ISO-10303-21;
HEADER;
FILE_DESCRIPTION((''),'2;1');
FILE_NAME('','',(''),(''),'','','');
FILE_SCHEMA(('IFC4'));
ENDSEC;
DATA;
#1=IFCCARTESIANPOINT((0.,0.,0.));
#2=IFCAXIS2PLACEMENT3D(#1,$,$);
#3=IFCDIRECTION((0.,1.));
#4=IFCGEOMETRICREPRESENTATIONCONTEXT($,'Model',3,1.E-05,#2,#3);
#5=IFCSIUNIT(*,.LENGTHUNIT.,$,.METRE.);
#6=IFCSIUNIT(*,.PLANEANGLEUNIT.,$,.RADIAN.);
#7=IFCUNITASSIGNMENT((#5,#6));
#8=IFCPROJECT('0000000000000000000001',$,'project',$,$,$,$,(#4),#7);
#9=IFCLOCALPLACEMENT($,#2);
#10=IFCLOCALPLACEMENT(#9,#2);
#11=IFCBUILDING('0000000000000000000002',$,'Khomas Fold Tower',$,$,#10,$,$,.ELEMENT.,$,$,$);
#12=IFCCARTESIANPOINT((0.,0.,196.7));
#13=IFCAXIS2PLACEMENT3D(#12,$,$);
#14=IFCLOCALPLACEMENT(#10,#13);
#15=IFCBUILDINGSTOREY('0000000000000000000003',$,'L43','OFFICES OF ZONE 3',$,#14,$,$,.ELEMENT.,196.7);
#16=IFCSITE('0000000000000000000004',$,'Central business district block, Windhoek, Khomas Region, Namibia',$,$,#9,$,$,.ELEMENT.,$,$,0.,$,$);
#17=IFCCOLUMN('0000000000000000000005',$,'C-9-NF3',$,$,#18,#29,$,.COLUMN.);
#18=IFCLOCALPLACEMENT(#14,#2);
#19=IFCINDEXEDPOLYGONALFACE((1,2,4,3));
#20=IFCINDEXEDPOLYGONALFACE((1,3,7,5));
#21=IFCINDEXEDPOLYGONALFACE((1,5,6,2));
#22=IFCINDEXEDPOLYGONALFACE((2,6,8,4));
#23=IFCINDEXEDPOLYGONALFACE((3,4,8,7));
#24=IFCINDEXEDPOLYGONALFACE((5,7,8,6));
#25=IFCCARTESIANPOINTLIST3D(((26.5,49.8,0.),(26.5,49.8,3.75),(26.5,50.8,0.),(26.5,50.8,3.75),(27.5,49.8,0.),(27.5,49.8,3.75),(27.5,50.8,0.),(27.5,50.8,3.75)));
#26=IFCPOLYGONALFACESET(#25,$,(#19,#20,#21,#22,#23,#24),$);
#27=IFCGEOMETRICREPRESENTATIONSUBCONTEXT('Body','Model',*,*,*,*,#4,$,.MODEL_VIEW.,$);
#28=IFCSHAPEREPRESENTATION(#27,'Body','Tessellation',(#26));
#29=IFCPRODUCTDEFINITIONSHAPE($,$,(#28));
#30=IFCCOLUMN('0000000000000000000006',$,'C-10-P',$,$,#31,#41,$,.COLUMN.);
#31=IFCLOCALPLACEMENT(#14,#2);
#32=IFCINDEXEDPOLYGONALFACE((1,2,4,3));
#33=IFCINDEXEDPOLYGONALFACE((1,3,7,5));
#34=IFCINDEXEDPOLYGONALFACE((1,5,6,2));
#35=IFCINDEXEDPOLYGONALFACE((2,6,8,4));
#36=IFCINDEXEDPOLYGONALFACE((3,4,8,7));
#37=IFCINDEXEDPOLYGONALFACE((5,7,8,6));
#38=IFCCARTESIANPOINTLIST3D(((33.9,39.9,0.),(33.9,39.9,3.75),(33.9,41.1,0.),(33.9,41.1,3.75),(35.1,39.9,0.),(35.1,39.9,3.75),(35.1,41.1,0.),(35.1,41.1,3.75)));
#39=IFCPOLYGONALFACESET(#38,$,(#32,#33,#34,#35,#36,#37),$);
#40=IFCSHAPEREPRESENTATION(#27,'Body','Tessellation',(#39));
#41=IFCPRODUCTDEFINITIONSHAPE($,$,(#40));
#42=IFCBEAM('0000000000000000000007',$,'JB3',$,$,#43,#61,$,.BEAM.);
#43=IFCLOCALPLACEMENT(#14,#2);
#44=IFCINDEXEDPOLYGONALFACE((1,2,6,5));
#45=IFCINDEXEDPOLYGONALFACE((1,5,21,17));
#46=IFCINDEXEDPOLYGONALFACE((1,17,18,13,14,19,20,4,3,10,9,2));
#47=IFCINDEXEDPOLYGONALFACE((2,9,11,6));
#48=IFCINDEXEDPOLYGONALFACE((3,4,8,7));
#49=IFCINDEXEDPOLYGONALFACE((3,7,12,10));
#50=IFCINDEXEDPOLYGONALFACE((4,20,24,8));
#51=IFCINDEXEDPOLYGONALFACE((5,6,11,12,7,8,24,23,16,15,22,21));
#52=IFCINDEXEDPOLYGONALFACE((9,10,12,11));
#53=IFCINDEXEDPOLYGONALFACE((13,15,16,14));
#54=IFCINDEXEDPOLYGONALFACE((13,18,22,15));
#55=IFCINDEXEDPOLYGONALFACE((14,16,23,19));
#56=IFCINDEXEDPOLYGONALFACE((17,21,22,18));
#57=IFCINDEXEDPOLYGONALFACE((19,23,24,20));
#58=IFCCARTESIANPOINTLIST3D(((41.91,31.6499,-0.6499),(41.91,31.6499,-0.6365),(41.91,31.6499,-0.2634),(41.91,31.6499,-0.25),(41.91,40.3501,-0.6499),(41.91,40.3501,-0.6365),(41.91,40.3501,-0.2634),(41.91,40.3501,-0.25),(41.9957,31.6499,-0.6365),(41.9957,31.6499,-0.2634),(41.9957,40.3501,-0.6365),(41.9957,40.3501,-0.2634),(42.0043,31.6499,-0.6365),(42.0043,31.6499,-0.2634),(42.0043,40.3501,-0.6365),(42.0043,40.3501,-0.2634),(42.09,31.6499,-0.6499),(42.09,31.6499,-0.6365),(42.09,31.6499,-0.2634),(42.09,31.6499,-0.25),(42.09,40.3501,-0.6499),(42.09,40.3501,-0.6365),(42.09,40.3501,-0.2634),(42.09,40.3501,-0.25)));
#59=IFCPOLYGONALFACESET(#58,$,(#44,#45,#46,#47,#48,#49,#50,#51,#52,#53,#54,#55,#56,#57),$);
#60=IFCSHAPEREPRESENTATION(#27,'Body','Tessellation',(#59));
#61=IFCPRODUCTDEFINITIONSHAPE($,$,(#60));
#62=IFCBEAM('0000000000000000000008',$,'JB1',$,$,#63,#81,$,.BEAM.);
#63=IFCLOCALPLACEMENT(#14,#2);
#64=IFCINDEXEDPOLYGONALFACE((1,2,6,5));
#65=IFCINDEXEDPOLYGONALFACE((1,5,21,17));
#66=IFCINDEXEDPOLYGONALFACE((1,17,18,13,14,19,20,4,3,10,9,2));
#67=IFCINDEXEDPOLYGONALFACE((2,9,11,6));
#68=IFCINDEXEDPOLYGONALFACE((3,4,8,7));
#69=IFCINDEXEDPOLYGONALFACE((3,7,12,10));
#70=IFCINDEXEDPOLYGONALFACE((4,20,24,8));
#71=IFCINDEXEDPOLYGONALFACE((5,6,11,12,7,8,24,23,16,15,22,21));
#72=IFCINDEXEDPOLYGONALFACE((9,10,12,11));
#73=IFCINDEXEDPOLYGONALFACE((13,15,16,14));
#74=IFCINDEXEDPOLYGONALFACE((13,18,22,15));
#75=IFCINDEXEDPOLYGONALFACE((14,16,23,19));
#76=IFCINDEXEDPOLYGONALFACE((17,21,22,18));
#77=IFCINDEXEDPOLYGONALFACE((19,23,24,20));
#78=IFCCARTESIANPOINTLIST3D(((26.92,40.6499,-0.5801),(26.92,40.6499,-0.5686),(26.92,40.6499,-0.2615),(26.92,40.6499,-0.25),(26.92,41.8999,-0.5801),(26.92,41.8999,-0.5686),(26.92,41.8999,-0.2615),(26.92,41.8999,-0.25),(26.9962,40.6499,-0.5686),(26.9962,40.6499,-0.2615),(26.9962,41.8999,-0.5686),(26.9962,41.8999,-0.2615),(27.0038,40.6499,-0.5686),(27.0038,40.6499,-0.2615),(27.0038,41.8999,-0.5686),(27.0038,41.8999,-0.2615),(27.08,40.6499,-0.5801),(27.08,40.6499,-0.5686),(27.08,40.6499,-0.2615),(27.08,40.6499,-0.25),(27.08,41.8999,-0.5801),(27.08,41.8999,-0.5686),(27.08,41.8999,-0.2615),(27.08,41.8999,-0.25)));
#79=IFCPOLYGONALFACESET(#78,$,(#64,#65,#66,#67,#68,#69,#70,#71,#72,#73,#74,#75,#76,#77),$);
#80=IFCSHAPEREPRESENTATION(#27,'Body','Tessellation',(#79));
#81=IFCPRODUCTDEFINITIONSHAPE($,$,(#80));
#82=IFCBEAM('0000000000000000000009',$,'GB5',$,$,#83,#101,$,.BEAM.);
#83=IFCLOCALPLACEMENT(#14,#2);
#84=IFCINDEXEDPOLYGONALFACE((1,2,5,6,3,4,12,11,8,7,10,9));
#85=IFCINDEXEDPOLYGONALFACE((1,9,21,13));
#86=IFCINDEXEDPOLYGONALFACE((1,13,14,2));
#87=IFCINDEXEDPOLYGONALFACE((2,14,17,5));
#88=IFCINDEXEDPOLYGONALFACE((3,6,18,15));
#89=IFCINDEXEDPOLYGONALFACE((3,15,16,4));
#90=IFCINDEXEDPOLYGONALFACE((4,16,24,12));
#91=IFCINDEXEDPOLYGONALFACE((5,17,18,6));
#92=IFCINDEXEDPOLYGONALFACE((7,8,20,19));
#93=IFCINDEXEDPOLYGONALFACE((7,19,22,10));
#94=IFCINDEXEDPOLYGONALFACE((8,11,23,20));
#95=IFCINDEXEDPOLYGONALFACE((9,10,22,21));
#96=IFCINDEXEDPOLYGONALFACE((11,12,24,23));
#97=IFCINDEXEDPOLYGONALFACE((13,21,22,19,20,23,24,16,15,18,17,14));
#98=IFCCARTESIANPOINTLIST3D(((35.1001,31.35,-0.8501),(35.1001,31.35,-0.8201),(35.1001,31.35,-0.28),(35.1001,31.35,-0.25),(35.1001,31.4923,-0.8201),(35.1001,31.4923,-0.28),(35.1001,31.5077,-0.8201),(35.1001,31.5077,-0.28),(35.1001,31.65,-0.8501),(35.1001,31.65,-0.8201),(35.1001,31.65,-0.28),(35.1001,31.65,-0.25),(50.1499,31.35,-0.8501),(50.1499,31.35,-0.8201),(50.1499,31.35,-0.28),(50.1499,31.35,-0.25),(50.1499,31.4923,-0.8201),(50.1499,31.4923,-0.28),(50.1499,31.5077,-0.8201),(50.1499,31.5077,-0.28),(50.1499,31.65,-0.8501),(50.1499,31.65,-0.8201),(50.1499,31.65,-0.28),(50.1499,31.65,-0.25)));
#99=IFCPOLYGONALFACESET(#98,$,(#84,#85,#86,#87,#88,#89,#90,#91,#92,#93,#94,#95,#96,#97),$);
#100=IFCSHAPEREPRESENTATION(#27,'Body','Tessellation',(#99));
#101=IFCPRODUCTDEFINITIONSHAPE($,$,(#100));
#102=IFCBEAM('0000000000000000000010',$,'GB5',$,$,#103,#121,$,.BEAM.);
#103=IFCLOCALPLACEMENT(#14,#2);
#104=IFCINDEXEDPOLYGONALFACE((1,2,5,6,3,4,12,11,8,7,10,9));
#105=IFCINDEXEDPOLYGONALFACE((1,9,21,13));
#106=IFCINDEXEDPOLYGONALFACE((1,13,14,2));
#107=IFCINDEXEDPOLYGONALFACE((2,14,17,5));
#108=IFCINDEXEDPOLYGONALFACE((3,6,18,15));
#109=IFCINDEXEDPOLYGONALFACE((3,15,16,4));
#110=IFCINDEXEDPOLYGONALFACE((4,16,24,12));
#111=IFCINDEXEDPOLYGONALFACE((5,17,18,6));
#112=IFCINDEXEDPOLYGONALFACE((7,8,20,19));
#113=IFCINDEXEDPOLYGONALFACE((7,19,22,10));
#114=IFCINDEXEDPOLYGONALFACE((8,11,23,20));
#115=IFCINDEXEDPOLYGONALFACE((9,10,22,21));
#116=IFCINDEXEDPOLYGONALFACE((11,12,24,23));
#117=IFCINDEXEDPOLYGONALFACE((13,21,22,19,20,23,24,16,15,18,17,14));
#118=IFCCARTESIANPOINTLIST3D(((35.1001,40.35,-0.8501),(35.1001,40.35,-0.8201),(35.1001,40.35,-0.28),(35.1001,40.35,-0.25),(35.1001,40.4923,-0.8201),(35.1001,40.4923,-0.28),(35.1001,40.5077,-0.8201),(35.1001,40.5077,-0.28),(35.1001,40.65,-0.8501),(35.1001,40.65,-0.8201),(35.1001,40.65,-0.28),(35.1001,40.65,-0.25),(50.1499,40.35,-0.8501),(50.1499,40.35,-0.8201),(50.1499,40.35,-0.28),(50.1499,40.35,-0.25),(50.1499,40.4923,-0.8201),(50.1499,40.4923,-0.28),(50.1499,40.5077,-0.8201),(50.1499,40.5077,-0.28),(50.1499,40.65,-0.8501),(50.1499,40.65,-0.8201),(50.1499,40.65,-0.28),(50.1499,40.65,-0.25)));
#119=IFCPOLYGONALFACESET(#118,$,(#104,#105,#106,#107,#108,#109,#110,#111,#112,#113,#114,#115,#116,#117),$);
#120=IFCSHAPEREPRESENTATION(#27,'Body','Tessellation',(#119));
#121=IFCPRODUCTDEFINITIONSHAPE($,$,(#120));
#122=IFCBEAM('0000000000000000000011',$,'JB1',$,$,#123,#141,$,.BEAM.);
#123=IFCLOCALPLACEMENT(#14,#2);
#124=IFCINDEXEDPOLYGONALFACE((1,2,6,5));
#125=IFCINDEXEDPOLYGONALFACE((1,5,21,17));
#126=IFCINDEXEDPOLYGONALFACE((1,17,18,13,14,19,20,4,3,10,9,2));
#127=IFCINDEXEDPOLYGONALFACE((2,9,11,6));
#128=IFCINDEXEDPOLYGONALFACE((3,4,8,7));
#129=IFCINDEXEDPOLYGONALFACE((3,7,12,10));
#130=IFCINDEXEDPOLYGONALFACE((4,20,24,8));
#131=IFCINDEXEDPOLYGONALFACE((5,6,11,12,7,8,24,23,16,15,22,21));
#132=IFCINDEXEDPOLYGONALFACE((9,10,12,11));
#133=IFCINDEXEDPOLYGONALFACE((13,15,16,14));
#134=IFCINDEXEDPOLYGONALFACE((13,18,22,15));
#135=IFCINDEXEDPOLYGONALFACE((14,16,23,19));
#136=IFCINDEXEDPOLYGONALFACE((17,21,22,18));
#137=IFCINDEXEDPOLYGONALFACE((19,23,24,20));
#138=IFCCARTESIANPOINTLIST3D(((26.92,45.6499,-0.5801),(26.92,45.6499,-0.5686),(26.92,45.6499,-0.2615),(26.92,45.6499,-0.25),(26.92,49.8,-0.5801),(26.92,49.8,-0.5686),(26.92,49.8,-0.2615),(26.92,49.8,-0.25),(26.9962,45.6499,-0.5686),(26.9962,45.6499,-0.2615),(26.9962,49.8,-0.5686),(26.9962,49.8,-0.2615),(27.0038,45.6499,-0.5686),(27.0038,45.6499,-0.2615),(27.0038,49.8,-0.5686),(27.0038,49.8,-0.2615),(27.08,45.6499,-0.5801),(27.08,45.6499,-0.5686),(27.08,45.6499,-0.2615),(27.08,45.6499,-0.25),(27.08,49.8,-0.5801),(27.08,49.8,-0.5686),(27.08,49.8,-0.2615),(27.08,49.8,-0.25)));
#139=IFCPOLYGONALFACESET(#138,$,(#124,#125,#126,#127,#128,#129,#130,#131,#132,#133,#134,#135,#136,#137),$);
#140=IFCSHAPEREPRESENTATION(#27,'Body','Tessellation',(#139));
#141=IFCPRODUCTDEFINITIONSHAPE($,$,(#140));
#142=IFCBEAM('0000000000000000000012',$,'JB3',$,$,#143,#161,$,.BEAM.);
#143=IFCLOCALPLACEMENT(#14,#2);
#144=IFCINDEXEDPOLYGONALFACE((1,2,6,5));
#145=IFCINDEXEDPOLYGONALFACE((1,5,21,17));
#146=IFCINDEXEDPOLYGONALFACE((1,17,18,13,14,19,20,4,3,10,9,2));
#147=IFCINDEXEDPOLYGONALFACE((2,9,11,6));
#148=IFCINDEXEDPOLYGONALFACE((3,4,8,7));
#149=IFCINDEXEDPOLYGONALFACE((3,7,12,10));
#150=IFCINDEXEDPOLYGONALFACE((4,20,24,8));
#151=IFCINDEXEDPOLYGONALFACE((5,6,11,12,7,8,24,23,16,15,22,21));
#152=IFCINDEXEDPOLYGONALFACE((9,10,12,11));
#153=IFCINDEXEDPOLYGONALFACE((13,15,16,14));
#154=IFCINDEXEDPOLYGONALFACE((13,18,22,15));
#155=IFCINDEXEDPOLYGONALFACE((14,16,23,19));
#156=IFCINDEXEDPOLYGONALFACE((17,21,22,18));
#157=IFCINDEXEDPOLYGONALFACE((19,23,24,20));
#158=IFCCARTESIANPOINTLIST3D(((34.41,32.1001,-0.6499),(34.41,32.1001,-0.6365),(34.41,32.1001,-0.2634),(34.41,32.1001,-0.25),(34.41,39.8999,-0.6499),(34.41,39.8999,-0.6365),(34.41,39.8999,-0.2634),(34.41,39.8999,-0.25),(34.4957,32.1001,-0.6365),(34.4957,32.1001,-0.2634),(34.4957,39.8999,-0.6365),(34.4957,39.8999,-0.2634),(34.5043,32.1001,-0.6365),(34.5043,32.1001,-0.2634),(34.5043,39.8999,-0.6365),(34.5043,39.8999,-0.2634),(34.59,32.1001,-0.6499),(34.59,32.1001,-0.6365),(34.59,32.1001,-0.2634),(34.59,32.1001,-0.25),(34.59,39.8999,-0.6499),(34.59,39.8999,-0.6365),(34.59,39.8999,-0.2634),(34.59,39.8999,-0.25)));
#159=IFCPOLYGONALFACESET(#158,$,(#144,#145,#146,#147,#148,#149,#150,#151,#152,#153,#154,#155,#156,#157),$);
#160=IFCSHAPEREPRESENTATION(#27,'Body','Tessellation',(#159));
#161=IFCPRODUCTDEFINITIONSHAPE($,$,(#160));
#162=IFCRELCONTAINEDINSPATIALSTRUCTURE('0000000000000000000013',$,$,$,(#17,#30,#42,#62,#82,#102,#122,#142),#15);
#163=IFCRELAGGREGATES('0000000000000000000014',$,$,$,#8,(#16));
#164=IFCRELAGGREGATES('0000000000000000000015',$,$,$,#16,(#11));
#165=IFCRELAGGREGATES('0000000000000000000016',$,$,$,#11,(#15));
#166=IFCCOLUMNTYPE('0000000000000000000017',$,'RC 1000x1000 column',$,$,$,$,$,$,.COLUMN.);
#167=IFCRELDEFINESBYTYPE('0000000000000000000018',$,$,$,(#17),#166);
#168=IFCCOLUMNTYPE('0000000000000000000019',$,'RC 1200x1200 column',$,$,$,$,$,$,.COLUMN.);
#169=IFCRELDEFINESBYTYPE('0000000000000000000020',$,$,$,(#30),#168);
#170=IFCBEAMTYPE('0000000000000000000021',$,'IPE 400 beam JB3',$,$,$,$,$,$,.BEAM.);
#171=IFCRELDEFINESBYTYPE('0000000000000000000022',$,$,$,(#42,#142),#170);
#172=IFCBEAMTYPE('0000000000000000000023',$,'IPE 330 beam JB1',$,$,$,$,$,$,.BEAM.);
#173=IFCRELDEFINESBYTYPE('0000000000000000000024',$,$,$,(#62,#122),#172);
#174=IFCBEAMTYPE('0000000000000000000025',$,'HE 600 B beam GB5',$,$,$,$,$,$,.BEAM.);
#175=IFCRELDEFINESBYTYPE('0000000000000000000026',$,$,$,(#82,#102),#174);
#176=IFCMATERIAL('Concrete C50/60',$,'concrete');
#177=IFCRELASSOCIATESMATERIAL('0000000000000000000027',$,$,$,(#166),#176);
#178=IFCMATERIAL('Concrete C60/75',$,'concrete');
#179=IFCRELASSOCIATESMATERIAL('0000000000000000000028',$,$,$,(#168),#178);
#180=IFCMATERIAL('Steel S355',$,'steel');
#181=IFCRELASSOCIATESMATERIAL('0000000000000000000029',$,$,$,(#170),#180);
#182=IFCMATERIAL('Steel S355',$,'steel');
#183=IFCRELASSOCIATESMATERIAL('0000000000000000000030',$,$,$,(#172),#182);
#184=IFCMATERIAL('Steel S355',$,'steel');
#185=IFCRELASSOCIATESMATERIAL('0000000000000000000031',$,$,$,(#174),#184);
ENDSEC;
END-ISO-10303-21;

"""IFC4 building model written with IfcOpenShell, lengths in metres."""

from ifc_helpers import new_model, si_unit, direction, frame, origin, origin_2d, place, context, subcontext, project, spatial, rectangle, i_section, extrude, source, transform, mapped, material, material_profile, profile_set, type_object, element, save


model = new_model("IFC4")

# Units and contexts
model_context = context("Model", 3, precision=1e-05, world=origin(), true_north=direction((0.0, 1.0)))
body_context = subcontext(model_context, "Body", "Model", "MODEL_VIEW")
ifc_project = project(units=[si_unit("LENGTHUNIT", "METRE"), si_unit("PLANEANGLEUNIT", "RADIAN")], contexts=[model_context])

# Site, building, storey
site_placement = place(None, origin())
site = spatial("IfcSite", under=ifc_project, at=site_placement, Name="Central business district block, Windhoek, Khomas Region, Namibia", CompositionType="ELEMENT", RefElevation=0.0)
building_placement = place(site_placement, origin())
building = spatial("IfcBuilding", under=site, at=building_placement, Name="Khomas Fold Tower", CompositionType="ELEMENT")
storey_placement = place(building_placement, frame((0.0, 0.0, 196.7)))
storey = spatial("IfcBuildingStorey", under=building, at=storey_placement, Name="L43", Description="OFFICES OF ZONE 3", CompositionType="ELEMENT", Elevation=196.7)

# Columns
ifc_material_1 = material(Name="Concrete C50/60", Category="concrete")
ifc_material_profile_1 = material_profile(ifc_material_1, rectangle(XDim=1.0, YDim=1.0, at=origin_2d()), Name="RC 1000x1000")
ifc_profile_set_1 = profile_set([ifc_material_profile_1], Name="Concrete C50/60")
column_type_1 = type_object("IfcColumnType", Name="RC 1000x1000 column", PredefinedType="COLUMN", material=ifc_profile_set_1)
shared_shape_1 = source(origin(), body_context, "Body", "SweptSolid", [
    extrude(rectangle(XDim=1.0, YDim=1.0, at=origin_2d()), origin(), (0.0, 0.0, 1.0), 3.75),
])
column_1_placement = place(storey_placement, frame((27.0, 50.3, 0.0), z_axis=(0.0, 0.0, 1.0), x_axis=(1.0, 0.0, 0.0)))
element("IfcColumn", 1, at=column_1_placement, inside=storey, type_object=column_type_1, Name="C-9-NF3", PredefinedType="COLUMN", context=body_context, shape_type="MappedRepresentation", body=[
    mapped(shared_shape_1, transform((0.0, 0.0, 0.0))),
])
ifc_material_2 = material(Name="Concrete C60/75", Category="concrete")
ifc_material_profile_2 = material_profile(ifc_material_2, rectangle(XDim=1.2, YDim=1.2, at=origin_2d()), Name="RC 1200x1200")
ifc_profile_set_2 = profile_set([ifc_material_profile_2], Name="Concrete C60/75")
column_type_2 = type_object("IfcColumnType", Name="RC 1200x1200 column", PredefinedType="COLUMN", material=ifc_profile_set_2)
shared_shape_2 = source(origin(), body_context, "Body", "SweptSolid", [
    extrude(rectangle(XDim=1.2, YDim=1.2, at=origin_2d()), origin(), (0.0, 0.0, 1.0), 3.75),
])
column_2_placement = place(storey_placement, frame((34.5, 40.5, 0.0), z_axis=(0.0, 0.0, 1.0), x_axis=(1.0, 0.0, 0.0)))
element("IfcColumn", 2, at=column_2_placement, inside=storey, type_object=column_type_2, Name="C-10-P", PredefinedType="COLUMN", context=body_context, shape_type="MappedRepresentation", body=[
    mapped(shared_shape_2, transform((0.0, 0.0, 0.0))),
])

# Beams
ifc_material_3 = material(Name="Steel S355", Category="steel")
ifc_material_profile_3 = material_profile(ifc_material_3, i_section(OverallWidth=0.1799, OverallDepth=0.3999, WebThickness=0.0085, FlangeThickness=0.0134, at=origin_2d()), Name="IPE 400")
ifc_profile_set_3 = profile_set([ifc_material_profile_3], Name="Steel S355")
beam_type_1 = type_object("IfcBeamType", Name="IPE 400 beam JB3", PredefinedType="BEAM", material=ifc_profile_set_3)
shared_shape_3 = source(origin(), body_context, "Body", "SweptSolid", [
    extrude(i_section(OverallWidth=0.1799, OverallDepth=0.3999, WebThickness=0.0085, FlangeThickness=0.0134, at=origin_2d()), origin(), (0.0, 0.0, 1.0), 8.7002),
])
beam_1_placement = place(storey_placement, frame((42.0, 31.6499, -0.45), z_axis=(0.0, 1.0, 0.0), x_axis=(-1.0, 0.0, 0.0)))
element("IfcBeam", 3, at=beam_1_placement, inside=storey, type_object=beam_type_1, Name="JB3", PredefinedType="BEAM", context=body_context, shape_type="MappedRepresentation", body=[
    mapped(shared_shape_3, transform((0.0, 0.0, 0.0))),
])
ifc_material_4 = material(Name="Steel S355", Category="steel")
ifc_material_profile_4 = material_profile(ifc_material_4, i_section(OverallWidth=0.1599, OverallDepth=0.3301, WebThickness=0.0076, FlangeThickness=0.0115, at=origin_2d()), Name="IPE 330")
ifc_profile_set_4 = profile_set([ifc_material_profile_4], Name="Steel S355")
beam_type_2 = type_object("IfcBeamType", Name="IPE 330 beam JB1", PredefinedType="BEAM", material=ifc_profile_set_4)
shared_shape_4 = source(origin(), body_context, "Body", "SweptSolid", [
    extrude(i_section(OverallWidth=0.1599, OverallDepth=0.3301, WebThickness=0.0076, FlangeThickness=0.0115, at=origin_2d()), origin(), (0.0, 0.0, 1.0), 1.25),
])
beam_2_placement = place(storey_placement, frame((27.0, 40.6499, -0.415), z_axis=(0.0, 1.0, 0.0), x_axis=(-1.0, 0.0, 0.0)))
element("IfcBeam", 4, at=beam_2_placement, inside=storey, type_object=beam_type_2, Name="JB1", PredefinedType="BEAM", context=body_context, shape_type="MappedRepresentation", body=[
    mapped(shared_shape_4, transform((0.0, 0.0, 0.0))),
])
ifc_material_5 = material(Name="Steel S355", Category="steel")
ifc_material_profile_5 = material_profile(ifc_material_5, i_section(OverallWidth=0.3, OverallDepth=0.6001, WebThickness=0.0154, FlangeThickness=0.03, at=origin_2d()), Name="HE 600 B")
ifc_profile_set_5 = profile_set([ifc_material_profile_5], Name="Steel S355")
beam_type_3 = type_object("IfcBeamType", Name="HE 600 B beam GB5", PredefinedType="BEAM", material=ifc_profile_set_5)
shared_shape_5 = source(origin(), body_context, "Body", "SweptSolid", [
    extrude(i_section(OverallWidth=0.3, OverallDepth=0.6001, WebThickness=0.0154, FlangeThickness=0.03, at=origin_2d()), origin(), (0.0, 0.0, 1.0), 15.0498),
])
for number, where, z_axis, x_axis, name in (
    (5, (35.1001, 31.5, -0.55), (1.0, 0.0, 0.0), (0.0, 1.0, 0.0), "GB5"),
    (6, (35.1001, 40.5, -0.55), (1.0, 0.0, 0.0), (0.0, 1.0, 0.0), "GB5"),
):
    element("IfcBeam", number, at=place(storey_placement, frame(where, z_axis=z_axis, x_axis=x_axis)), inside=storey, type_object=beam_type_3, Name=name, PredefinedType="BEAM", context=body_context, shape_type="MappedRepresentation", body=[
        mapped(shared_shape_5, transform((0.0, 0.0, 0.0))),
    ])
shared_shape_6 = source(origin(), body_context, "Body", "SweptSolid", [
    extrude(i_section(OverallWidth=0.1599, OverallDepth=0.3301, WebThickness=0.0076, FlangeThickness=0.0115, at=origin_2d()), origin(), (0.0, 0.0, 1.0), 4.1501),
])
beam_3_placement = place(storey_placement, frame((27.0, 45.6499, -0.415), z_axis=(0.0, 1.0, 0.0), x_axis=(-1.0, 0.0, 0.0)))
element("IfcBeam", 7, at=beam_3_placement, inside=storey, type_object=beam_type_2, Name="JB1", PredefinedType="BEAM", context=body_context, shape_type="MappedRepresentation", body=[
    mapped(shared_shape_6, transform((0.0, 0.0, 0.0))),
])
shared_shape_7 = source(origin(), body_context, "Body", "SweptSolid", [
    extrude(i_section(OverallWidth=0.1799, OverallDepth=0.3999, WebThickness=0.0085, FlangeThickness=0.0134, at=origin_2d()), origin(), (0.0, 0.0, 1.0), 7.7998),
])
beam_4_placement = place(storey_placement, frame((34.5, 32.1001, -0.45), z_axis=(0.0, 1.0, 0.0), x_axis=(-1.0, 0.0, 0.0)))
element("IfcBeam", 8, at=beam_4_placement, inside=storey, type_object=beam_type_1, Name="JB3", PredefinedType="BEAM", context=body_context, shape_type="MappedRepresentation", body=[
    mapped(shared_shape_7, transform((0.0, 0.0, 0.0))),
])

save(model, "model.ifc")
